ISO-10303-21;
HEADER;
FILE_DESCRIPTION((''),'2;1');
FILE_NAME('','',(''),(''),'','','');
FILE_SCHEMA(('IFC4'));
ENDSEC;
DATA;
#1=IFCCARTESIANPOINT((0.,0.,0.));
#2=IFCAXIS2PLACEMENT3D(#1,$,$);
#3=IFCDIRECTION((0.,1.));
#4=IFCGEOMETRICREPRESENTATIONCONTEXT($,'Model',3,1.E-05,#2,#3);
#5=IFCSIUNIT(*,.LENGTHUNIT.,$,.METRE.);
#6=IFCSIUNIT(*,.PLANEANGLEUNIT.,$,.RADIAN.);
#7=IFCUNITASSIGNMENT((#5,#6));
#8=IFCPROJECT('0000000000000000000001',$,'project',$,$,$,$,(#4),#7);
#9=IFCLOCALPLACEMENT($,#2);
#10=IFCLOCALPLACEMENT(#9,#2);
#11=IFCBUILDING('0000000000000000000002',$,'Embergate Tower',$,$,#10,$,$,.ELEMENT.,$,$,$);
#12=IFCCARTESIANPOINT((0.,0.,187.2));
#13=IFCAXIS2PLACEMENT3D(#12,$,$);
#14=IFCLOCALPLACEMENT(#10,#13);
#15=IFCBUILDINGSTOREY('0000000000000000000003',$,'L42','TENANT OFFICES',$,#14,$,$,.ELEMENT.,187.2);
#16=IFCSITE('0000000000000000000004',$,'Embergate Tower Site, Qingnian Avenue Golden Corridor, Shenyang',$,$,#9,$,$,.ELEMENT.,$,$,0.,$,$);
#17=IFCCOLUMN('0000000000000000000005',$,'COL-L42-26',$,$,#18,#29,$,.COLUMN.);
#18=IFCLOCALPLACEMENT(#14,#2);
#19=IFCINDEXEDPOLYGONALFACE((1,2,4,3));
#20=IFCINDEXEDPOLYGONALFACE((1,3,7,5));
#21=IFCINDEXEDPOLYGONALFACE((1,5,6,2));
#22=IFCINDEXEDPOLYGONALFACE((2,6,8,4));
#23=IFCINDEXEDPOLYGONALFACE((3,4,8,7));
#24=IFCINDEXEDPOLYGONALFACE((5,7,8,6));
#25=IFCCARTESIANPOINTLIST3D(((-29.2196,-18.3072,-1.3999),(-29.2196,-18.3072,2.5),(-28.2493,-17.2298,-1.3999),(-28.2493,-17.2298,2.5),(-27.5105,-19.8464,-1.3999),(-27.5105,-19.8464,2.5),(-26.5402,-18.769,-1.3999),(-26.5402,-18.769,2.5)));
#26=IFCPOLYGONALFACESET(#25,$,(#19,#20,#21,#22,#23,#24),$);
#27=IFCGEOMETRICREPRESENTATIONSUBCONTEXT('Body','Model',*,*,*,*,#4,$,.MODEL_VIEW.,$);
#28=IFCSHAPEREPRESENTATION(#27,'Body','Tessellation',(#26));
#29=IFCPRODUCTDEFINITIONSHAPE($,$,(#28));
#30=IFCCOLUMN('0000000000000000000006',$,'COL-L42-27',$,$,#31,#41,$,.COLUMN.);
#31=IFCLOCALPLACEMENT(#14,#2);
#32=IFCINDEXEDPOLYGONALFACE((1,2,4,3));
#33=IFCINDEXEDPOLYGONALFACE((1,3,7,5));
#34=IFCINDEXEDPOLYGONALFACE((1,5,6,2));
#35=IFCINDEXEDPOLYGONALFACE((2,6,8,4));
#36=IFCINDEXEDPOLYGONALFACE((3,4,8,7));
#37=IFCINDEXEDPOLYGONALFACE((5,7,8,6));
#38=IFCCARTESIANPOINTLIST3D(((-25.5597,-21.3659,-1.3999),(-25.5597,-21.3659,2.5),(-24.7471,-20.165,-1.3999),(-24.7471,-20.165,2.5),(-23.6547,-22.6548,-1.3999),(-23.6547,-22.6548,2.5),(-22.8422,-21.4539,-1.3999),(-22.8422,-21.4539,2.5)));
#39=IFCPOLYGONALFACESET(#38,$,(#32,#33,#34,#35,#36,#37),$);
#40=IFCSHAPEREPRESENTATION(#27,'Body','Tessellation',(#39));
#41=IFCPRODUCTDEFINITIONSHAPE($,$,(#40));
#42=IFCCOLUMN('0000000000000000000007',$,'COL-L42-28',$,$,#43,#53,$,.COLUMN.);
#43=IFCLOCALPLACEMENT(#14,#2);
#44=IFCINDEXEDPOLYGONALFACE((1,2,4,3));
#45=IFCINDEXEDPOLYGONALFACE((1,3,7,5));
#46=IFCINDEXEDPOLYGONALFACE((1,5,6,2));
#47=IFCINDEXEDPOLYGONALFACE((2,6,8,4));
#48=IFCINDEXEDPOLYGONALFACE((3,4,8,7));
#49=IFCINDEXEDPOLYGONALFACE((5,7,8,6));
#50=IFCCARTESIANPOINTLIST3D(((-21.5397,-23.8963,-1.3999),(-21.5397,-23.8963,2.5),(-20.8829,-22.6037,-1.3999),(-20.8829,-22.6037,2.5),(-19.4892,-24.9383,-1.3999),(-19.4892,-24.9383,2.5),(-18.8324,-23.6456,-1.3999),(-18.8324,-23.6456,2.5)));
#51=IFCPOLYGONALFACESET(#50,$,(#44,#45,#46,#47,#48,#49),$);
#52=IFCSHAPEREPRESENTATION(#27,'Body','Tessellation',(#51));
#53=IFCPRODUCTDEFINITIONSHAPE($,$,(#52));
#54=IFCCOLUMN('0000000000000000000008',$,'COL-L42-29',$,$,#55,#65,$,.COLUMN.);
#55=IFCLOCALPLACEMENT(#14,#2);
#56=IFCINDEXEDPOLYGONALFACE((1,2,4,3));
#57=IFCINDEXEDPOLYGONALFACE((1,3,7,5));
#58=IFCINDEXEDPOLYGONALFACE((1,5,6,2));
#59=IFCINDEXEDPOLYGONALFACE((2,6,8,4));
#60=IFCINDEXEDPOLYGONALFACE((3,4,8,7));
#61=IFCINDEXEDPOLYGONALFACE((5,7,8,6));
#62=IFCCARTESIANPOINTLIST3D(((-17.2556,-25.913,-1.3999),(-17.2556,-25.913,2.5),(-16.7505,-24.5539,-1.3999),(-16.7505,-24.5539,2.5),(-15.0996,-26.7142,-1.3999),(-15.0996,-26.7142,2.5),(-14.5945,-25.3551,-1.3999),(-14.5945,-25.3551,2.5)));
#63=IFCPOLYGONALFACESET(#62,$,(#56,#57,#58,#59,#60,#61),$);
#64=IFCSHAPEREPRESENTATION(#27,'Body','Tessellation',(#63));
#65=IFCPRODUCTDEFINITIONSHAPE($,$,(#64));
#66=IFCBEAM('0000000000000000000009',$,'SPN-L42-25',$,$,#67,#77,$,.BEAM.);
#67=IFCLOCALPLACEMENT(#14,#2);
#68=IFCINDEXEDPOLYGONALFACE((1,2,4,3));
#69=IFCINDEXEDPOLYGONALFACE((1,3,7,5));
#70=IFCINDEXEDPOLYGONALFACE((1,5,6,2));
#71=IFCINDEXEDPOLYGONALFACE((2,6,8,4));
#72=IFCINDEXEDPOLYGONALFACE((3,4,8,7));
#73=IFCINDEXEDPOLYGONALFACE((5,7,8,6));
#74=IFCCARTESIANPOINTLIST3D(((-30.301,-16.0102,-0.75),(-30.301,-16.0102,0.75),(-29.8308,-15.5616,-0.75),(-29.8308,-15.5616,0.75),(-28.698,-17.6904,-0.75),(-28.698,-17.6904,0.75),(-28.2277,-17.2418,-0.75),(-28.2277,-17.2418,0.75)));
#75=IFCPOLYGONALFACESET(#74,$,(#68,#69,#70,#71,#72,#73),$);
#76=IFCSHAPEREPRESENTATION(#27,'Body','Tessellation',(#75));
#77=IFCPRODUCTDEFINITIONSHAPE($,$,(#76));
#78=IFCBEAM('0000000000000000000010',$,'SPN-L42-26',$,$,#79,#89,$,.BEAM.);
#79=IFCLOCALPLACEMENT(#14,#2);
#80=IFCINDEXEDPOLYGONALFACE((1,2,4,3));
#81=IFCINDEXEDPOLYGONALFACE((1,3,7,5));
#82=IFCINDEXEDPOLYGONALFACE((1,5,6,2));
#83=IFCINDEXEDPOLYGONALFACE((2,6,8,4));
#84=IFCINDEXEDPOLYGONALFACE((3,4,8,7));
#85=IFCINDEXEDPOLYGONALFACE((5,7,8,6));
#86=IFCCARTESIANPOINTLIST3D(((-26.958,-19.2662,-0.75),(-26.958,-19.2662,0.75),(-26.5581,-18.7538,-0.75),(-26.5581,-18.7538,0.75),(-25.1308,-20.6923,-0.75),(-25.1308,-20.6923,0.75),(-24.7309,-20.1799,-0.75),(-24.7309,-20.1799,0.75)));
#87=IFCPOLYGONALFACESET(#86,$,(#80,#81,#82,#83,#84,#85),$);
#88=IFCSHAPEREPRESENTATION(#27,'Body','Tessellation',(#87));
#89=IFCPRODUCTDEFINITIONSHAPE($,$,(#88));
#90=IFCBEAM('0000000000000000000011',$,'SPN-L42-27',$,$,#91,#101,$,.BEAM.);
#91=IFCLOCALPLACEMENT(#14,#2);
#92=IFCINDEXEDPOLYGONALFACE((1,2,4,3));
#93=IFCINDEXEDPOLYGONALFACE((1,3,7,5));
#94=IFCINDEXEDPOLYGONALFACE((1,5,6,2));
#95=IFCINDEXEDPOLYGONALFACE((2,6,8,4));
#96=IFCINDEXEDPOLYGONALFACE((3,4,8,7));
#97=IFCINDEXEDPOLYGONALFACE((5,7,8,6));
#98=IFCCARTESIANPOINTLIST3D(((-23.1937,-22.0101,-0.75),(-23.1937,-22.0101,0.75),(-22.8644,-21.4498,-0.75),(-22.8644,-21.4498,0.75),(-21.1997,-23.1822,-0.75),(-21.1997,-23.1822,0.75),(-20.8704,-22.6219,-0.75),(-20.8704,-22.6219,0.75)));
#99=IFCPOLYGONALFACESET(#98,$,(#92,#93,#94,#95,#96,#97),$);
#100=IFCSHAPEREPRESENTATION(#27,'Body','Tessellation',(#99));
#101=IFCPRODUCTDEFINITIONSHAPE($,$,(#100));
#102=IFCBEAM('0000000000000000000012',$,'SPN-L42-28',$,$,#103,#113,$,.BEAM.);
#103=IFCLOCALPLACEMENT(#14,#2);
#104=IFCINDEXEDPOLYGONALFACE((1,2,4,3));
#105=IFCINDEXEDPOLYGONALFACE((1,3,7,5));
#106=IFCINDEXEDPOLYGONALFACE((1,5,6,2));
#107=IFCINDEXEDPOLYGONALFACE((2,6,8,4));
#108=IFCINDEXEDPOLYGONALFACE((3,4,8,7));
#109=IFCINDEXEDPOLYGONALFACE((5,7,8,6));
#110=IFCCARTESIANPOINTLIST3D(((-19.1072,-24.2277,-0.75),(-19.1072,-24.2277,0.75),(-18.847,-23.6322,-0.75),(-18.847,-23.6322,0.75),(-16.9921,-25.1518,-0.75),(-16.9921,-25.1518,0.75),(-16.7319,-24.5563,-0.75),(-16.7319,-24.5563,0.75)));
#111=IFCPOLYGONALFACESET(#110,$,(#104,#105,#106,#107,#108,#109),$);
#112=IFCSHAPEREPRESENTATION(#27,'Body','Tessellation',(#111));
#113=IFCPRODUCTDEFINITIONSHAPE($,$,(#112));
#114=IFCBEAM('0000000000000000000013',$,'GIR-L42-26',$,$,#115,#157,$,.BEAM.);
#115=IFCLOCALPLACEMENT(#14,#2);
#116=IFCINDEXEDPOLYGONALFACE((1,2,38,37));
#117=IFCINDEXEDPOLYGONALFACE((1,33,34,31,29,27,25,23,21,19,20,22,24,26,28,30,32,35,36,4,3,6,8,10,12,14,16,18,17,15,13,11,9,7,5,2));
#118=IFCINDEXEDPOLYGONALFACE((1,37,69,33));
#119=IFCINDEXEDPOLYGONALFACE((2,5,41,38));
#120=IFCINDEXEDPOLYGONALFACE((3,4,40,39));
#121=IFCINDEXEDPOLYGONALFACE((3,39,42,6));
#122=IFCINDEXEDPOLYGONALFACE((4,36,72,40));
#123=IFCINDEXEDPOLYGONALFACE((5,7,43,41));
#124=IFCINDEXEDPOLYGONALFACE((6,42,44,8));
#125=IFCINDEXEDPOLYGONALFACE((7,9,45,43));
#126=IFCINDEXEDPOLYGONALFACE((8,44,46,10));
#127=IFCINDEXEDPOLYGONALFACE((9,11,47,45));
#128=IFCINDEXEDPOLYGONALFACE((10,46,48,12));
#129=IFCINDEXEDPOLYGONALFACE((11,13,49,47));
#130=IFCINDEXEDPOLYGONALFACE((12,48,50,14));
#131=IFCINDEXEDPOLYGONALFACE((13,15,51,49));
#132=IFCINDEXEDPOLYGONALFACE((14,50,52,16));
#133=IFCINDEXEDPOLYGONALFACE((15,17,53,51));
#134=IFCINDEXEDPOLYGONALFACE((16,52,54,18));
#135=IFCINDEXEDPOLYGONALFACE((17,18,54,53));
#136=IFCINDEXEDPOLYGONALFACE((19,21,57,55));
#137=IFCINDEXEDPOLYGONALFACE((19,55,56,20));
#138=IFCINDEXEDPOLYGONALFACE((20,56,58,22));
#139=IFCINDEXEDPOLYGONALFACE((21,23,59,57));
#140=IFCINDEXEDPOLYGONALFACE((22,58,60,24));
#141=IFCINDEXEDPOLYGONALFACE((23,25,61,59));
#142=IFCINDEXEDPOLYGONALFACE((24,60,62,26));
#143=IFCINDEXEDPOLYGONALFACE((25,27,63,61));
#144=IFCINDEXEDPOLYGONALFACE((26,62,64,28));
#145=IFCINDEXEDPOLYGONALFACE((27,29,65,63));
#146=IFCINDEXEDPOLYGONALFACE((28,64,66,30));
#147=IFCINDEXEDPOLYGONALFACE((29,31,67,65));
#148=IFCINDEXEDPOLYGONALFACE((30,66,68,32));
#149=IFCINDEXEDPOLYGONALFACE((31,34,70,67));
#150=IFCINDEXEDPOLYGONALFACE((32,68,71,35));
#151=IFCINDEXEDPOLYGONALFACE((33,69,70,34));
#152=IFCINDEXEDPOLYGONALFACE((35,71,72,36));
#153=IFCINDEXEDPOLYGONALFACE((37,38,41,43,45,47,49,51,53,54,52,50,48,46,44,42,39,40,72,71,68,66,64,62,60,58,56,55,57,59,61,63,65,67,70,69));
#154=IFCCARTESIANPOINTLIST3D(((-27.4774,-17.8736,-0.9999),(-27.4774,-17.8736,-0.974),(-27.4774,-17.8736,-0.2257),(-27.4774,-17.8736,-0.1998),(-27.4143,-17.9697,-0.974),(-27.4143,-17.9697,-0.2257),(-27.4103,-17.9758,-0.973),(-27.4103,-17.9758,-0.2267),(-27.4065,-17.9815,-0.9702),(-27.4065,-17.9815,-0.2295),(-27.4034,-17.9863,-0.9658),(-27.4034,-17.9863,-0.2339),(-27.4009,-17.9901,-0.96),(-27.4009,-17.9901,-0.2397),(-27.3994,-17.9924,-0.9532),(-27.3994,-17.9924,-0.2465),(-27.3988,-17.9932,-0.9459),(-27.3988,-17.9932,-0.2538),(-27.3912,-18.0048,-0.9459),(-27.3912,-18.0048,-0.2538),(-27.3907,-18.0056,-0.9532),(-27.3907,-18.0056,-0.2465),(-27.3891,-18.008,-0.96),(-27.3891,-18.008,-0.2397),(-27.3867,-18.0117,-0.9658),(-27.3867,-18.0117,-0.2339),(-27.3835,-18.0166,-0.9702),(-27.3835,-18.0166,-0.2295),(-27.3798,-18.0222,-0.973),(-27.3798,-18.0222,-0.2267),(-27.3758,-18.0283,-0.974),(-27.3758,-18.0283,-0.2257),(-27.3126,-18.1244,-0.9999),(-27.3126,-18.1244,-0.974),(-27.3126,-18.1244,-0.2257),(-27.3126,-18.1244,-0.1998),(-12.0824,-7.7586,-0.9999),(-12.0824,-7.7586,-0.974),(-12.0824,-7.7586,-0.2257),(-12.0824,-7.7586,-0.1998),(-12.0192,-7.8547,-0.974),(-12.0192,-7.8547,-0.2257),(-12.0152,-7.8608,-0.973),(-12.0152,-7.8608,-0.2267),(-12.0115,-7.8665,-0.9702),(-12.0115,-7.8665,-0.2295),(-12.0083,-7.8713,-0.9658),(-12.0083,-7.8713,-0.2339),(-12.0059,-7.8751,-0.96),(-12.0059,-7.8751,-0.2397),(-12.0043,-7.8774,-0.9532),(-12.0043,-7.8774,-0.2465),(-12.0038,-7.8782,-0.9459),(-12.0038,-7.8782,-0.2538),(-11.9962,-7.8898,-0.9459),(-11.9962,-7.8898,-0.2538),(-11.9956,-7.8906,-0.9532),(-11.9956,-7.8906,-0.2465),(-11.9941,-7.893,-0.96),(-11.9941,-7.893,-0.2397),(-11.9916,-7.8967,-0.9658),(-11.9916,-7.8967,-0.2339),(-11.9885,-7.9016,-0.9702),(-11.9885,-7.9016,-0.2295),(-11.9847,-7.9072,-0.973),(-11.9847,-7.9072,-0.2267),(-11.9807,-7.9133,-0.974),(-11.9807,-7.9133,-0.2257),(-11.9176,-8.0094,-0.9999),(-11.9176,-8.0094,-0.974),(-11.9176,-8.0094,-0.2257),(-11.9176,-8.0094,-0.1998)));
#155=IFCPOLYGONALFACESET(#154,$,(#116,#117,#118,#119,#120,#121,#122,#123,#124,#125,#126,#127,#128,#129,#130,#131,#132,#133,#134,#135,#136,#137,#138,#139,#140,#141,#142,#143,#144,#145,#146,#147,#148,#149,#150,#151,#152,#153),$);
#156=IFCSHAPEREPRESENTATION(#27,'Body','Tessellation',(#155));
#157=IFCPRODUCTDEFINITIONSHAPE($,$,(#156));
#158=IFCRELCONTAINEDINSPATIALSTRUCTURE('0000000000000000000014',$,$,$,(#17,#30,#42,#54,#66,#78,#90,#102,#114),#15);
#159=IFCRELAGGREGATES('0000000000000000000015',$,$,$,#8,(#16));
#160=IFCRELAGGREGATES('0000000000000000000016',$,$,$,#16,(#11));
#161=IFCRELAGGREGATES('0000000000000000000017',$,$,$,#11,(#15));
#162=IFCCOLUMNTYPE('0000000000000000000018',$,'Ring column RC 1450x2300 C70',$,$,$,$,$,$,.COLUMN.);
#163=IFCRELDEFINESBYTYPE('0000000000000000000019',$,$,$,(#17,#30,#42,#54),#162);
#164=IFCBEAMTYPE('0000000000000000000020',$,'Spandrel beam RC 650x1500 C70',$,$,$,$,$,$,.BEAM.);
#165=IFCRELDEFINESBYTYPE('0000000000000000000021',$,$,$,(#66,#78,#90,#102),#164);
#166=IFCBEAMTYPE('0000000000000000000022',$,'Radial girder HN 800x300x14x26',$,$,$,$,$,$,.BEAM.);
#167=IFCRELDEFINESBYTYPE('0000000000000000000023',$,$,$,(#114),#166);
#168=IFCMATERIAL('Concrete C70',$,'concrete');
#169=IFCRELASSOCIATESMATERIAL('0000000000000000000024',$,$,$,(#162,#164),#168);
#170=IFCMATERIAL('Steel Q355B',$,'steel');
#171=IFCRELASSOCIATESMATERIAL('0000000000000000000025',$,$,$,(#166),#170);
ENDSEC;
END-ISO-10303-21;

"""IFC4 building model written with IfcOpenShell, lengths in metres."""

from ifc_helpers import new_model, si_unit, direction, frame, origin, origin_2d, place, context, subcontext, project, spatial, rectangle, i_section, extrude, source, transform, mapped, material, material_profile, profile_set, type_object, element, save


model = new_model("IFC4")

# Units and contexts
model_context = context("Model", 3, precision=1e-05, world=origin(), true_north=direction((0.0, 1.0)))
body_context = subcontext(model_context, "Body", "Model", "MODEL_VIEW")
ifc_project = project(units=[si_unit("LENGTHUNIT", "METRE"), si_unit("PLANEANGLEUNIT", "RADIAN")], contexts=[model_context])

# Site, building, storey
site_placement = place(None, origin())
site = spatial("IfcSite", under=ifc_project, at=site_placement, Name="Embergate Tower Site, Qingnian Avenue Golden Corridor, Shenyang", CompositionType="ELEMENT", RefElevation=0.0)
building_placement = place(site_placement, origin())
building = spatial("IfcBuilding", under=site, at=building_placement, Name="Embergate Tower", CompositionType="ELEMENT")
storey_placement = place(building_placement, frame((0.0, 0.0, 187.2)))
storey = spatial("IfcBuildingStorey", under=building, at=storey_placement, Name="L42", Description="TENANT OFFICES", CompositionType="ELEMENT", Elevation=187.2)

# Columns
ifc_material_1 = material(Name="Concrete C70", Category="concrete")
ifc_material_profile_1 = material_profile(ifc_material_1, rectangle(XDim=1.45, YDim=2.3, at=origin_2d()), Name="RC 1450x2300")
ifc_profile_set_1 = profile_set([ifc_material_profile_1], Name="Concrete C70")
column_type = type_object("IfcColumnType", Name="Ring column RC 1450x2300 C70", PredefinedType="COLUMN", material=ifc_profile_set_1)
shared_shape_1 = source(origin(), body_context, "Body", "SweptSolid", [
    extrude(rectangle(XDim=1.45, YDim=2.3, at=origin_2d()), origin(), (0.0, 0.0, 1.0), 3.8999),
])
for number, where, z_axis, x_axis, name in (
    (1, (-27.8799, -18.5381, -1.3999), (0.0, 0.0, 1.0), (-0.669208, -0.743075, 0.0), "COL-L42-26"),
    (2, (-24.2009, -21.4099, -1.3999), (0.0, 0.0, 1.0), (-0.560393, -0.828227, 0.0), "COL-L42-27"),
    (3, (-20.186, -23.771, -1.3999), (0.0, 0.0, 1.0), (-0.453011, -0.891505, 0.0), "COL-L42-28"),
    (4, (-15.925, -25.634, -1.3999), (0.0, 0.0, 1.0), (-0.348343, -0.937367, 0.0), "COL-L42-29"),
):
    element("IfcColumn", number, at=place(storey_placement, frame(where, z_axis=z_axis, x_axis=x_axis)), inside=storey, type_object=column_type, Name=name, PredefinedType="COLUMN", context=body_context, shape_type="MappedRepresentation", body=[
        mapped(shared_shape_1, transform((0.0, 0.0, 0.0))),
    ])

# Beams
ifc_material_profile_2 = material_profile(ifc_material_1, rectangle(XDim=0.6499, YDim=1.5, at=origin_2d()), Name="RC 650x1500")
ifc_profile_set_2 = profile_set([ifc_material_profile_2], Name="Concrete C70")
beam_type_1 = type_object("IfcBeamType", Name="Spandrel beam RC 650x1500 C70", PredefinedType="BEAM", material=ifc_profile_set_2)
shared_shape_2 = source(origin(), body_context, "Body", "SweptSolid", [
    extrude(rectangle(XDim=0.6499, YDim=1.5, at=origin_2d()), origin(), (0.0, 0.0, 1.0), 2.3223),
])
beam_1_placement = place(storey_placement, frame((-30.0659, -15.7859, 0.0), z_axis=(0.690301, -0.723523, 0.0), x_axis=(0.723523, 0.690301, 0.0)))
element("IfcBeam", 5, at=beam_1_placement, inside=storey, type_object=beam_type_1, Name="SPN-L42-25", PredefinedType="BEAM", context=body_context, shape_type="MappedRepresentation", body=[
    mapped(shared_shape_2, transform((0.0, 0.0, 0.0))),
])
shared_shape_3 = source(origin(), body_context, "Body", "SweptSolid", [
    extrude(rectangle(XDim=0.6499, YDim=1.5, at=origin_2d()), origin(), (0.0, 0.0, 1.0), 2.3179),
])
beam_2_placement = place(storey_placement, frame((-26.7581, -19.01, 0.0), z_axis=(0.788325, -0.61526, 0.0), x_axis=(0.61526, 0.788325, 0.0)))
element("IfcBeam", 6, at=beam_2_placement, inside=storey, type_object=beam_type_1, Name="SPN-L42-26", PredefinedType="BEAM", context=body_context, shape_type="MappedRepresentation", body=[
    mapped(shared_shape_3, transform((0.0, 0.0, 0.0))),
])
shared_shape_4 = source(origin(), body_context, "Body", "SweptSolid", [
    extrude(rectangle(XDim=0.6499, YDim=1.5, at=origin_2d()), origin(), (0.0, 0.0, 1.0), 2.313),
])
beam_3_placement = place(storey_placement, frame((-23.0291, -21.73, 0.0), z_axis=(0.862105, -0.50673, 0.0), x_axis=(0.50673, 0.862105, 0.0)))
element("IfcBeam", 7, at=beam_3_placement, inside=storey, type_object=beam_type_1, Name="SPN-L42-27", PredefinedType="BEAM", context=body_context, shape_type="MappedRepresentation", body=[
    mapped(shared_shape_4, transform((0.0, 0.0, 0.0))),
])
shared_shape_5 = source(origin(), body_context, "Body", "SweptSolid", [
    extrude(rectangle(XDim=0.6499, YDim=1.5, at=origin_2d()), origin(), (0.0, 0.0, 1.0), 2.3081),
])
beam_4_placement = place(storey_placement, frame((-18.9771, -23.9299, 0.0), z_axis=(0.916354, -0.400369, 0.0), x_axis=(0.400369, 0.916354, 0.0)))
element("IfcBeam", 8, at=beam_4_placement, inside=storey, type_object=beam_type_1, Name="SPN-L42-28", PredefinedType="BEAM", context=body_context, shape_type="MappedRepresentation", body=[
    mapped(shared_shape_5, transform((0.0, 0.0, 0.0))),
])
ifc_material_2 = material(Name="Steel Q355B", Category="steel")
ifc_material_profile_3 = material_profile(ifc_material_2, i_section(OverallWidth=0.3, OverallDepth=0.8, WebThickness=0.0139, FlangeThickness=0.0259, FilletRadius=0.0281, at=origin_2d()), Name="HN 800x300x14x26")
ifc_profile_set_3 = profile_set([ifc_material_profile_3], Name="Steel Q355 grade B")
beam_type_2 = type_object("IfcBeamType", Name="Radial girder HN 800x300x14x26", PredefinedType="BEAM", material=ifc_profile_set_3)
shared_shape_6 = source(origin(), body_context, "Body", "SweptSolid", [
    extrude(i_section(OverallWidth=0.3, OverallDepth=0.8, WebThickness=0.0139, FlangeThickness=0.0259, FilletRadius=0.0281, at=origin_2d()), origin(), (0.0, 0.0, 1.0), 18.4207),
])
beam_5_placement = place(storey_placement, frame((-27.395, -17.999, -0.5999), z_axis=(0.835749, 0.549112, 0.0), x_axis=(-0.549112, 0.835749, 0.0)))
element("IfcBeam", 9, at=beam_5_placement, inside=storey, type_object=beam_type_2, Name="GIR-L42-26", PredefinedType="BEAM", context=body_context, shape_type="MappedRepresentation", body=[
    mapped(shared_shape_6, transform((0.0, 0.0, 0.0))),
])

save(model, "model.ifc")
